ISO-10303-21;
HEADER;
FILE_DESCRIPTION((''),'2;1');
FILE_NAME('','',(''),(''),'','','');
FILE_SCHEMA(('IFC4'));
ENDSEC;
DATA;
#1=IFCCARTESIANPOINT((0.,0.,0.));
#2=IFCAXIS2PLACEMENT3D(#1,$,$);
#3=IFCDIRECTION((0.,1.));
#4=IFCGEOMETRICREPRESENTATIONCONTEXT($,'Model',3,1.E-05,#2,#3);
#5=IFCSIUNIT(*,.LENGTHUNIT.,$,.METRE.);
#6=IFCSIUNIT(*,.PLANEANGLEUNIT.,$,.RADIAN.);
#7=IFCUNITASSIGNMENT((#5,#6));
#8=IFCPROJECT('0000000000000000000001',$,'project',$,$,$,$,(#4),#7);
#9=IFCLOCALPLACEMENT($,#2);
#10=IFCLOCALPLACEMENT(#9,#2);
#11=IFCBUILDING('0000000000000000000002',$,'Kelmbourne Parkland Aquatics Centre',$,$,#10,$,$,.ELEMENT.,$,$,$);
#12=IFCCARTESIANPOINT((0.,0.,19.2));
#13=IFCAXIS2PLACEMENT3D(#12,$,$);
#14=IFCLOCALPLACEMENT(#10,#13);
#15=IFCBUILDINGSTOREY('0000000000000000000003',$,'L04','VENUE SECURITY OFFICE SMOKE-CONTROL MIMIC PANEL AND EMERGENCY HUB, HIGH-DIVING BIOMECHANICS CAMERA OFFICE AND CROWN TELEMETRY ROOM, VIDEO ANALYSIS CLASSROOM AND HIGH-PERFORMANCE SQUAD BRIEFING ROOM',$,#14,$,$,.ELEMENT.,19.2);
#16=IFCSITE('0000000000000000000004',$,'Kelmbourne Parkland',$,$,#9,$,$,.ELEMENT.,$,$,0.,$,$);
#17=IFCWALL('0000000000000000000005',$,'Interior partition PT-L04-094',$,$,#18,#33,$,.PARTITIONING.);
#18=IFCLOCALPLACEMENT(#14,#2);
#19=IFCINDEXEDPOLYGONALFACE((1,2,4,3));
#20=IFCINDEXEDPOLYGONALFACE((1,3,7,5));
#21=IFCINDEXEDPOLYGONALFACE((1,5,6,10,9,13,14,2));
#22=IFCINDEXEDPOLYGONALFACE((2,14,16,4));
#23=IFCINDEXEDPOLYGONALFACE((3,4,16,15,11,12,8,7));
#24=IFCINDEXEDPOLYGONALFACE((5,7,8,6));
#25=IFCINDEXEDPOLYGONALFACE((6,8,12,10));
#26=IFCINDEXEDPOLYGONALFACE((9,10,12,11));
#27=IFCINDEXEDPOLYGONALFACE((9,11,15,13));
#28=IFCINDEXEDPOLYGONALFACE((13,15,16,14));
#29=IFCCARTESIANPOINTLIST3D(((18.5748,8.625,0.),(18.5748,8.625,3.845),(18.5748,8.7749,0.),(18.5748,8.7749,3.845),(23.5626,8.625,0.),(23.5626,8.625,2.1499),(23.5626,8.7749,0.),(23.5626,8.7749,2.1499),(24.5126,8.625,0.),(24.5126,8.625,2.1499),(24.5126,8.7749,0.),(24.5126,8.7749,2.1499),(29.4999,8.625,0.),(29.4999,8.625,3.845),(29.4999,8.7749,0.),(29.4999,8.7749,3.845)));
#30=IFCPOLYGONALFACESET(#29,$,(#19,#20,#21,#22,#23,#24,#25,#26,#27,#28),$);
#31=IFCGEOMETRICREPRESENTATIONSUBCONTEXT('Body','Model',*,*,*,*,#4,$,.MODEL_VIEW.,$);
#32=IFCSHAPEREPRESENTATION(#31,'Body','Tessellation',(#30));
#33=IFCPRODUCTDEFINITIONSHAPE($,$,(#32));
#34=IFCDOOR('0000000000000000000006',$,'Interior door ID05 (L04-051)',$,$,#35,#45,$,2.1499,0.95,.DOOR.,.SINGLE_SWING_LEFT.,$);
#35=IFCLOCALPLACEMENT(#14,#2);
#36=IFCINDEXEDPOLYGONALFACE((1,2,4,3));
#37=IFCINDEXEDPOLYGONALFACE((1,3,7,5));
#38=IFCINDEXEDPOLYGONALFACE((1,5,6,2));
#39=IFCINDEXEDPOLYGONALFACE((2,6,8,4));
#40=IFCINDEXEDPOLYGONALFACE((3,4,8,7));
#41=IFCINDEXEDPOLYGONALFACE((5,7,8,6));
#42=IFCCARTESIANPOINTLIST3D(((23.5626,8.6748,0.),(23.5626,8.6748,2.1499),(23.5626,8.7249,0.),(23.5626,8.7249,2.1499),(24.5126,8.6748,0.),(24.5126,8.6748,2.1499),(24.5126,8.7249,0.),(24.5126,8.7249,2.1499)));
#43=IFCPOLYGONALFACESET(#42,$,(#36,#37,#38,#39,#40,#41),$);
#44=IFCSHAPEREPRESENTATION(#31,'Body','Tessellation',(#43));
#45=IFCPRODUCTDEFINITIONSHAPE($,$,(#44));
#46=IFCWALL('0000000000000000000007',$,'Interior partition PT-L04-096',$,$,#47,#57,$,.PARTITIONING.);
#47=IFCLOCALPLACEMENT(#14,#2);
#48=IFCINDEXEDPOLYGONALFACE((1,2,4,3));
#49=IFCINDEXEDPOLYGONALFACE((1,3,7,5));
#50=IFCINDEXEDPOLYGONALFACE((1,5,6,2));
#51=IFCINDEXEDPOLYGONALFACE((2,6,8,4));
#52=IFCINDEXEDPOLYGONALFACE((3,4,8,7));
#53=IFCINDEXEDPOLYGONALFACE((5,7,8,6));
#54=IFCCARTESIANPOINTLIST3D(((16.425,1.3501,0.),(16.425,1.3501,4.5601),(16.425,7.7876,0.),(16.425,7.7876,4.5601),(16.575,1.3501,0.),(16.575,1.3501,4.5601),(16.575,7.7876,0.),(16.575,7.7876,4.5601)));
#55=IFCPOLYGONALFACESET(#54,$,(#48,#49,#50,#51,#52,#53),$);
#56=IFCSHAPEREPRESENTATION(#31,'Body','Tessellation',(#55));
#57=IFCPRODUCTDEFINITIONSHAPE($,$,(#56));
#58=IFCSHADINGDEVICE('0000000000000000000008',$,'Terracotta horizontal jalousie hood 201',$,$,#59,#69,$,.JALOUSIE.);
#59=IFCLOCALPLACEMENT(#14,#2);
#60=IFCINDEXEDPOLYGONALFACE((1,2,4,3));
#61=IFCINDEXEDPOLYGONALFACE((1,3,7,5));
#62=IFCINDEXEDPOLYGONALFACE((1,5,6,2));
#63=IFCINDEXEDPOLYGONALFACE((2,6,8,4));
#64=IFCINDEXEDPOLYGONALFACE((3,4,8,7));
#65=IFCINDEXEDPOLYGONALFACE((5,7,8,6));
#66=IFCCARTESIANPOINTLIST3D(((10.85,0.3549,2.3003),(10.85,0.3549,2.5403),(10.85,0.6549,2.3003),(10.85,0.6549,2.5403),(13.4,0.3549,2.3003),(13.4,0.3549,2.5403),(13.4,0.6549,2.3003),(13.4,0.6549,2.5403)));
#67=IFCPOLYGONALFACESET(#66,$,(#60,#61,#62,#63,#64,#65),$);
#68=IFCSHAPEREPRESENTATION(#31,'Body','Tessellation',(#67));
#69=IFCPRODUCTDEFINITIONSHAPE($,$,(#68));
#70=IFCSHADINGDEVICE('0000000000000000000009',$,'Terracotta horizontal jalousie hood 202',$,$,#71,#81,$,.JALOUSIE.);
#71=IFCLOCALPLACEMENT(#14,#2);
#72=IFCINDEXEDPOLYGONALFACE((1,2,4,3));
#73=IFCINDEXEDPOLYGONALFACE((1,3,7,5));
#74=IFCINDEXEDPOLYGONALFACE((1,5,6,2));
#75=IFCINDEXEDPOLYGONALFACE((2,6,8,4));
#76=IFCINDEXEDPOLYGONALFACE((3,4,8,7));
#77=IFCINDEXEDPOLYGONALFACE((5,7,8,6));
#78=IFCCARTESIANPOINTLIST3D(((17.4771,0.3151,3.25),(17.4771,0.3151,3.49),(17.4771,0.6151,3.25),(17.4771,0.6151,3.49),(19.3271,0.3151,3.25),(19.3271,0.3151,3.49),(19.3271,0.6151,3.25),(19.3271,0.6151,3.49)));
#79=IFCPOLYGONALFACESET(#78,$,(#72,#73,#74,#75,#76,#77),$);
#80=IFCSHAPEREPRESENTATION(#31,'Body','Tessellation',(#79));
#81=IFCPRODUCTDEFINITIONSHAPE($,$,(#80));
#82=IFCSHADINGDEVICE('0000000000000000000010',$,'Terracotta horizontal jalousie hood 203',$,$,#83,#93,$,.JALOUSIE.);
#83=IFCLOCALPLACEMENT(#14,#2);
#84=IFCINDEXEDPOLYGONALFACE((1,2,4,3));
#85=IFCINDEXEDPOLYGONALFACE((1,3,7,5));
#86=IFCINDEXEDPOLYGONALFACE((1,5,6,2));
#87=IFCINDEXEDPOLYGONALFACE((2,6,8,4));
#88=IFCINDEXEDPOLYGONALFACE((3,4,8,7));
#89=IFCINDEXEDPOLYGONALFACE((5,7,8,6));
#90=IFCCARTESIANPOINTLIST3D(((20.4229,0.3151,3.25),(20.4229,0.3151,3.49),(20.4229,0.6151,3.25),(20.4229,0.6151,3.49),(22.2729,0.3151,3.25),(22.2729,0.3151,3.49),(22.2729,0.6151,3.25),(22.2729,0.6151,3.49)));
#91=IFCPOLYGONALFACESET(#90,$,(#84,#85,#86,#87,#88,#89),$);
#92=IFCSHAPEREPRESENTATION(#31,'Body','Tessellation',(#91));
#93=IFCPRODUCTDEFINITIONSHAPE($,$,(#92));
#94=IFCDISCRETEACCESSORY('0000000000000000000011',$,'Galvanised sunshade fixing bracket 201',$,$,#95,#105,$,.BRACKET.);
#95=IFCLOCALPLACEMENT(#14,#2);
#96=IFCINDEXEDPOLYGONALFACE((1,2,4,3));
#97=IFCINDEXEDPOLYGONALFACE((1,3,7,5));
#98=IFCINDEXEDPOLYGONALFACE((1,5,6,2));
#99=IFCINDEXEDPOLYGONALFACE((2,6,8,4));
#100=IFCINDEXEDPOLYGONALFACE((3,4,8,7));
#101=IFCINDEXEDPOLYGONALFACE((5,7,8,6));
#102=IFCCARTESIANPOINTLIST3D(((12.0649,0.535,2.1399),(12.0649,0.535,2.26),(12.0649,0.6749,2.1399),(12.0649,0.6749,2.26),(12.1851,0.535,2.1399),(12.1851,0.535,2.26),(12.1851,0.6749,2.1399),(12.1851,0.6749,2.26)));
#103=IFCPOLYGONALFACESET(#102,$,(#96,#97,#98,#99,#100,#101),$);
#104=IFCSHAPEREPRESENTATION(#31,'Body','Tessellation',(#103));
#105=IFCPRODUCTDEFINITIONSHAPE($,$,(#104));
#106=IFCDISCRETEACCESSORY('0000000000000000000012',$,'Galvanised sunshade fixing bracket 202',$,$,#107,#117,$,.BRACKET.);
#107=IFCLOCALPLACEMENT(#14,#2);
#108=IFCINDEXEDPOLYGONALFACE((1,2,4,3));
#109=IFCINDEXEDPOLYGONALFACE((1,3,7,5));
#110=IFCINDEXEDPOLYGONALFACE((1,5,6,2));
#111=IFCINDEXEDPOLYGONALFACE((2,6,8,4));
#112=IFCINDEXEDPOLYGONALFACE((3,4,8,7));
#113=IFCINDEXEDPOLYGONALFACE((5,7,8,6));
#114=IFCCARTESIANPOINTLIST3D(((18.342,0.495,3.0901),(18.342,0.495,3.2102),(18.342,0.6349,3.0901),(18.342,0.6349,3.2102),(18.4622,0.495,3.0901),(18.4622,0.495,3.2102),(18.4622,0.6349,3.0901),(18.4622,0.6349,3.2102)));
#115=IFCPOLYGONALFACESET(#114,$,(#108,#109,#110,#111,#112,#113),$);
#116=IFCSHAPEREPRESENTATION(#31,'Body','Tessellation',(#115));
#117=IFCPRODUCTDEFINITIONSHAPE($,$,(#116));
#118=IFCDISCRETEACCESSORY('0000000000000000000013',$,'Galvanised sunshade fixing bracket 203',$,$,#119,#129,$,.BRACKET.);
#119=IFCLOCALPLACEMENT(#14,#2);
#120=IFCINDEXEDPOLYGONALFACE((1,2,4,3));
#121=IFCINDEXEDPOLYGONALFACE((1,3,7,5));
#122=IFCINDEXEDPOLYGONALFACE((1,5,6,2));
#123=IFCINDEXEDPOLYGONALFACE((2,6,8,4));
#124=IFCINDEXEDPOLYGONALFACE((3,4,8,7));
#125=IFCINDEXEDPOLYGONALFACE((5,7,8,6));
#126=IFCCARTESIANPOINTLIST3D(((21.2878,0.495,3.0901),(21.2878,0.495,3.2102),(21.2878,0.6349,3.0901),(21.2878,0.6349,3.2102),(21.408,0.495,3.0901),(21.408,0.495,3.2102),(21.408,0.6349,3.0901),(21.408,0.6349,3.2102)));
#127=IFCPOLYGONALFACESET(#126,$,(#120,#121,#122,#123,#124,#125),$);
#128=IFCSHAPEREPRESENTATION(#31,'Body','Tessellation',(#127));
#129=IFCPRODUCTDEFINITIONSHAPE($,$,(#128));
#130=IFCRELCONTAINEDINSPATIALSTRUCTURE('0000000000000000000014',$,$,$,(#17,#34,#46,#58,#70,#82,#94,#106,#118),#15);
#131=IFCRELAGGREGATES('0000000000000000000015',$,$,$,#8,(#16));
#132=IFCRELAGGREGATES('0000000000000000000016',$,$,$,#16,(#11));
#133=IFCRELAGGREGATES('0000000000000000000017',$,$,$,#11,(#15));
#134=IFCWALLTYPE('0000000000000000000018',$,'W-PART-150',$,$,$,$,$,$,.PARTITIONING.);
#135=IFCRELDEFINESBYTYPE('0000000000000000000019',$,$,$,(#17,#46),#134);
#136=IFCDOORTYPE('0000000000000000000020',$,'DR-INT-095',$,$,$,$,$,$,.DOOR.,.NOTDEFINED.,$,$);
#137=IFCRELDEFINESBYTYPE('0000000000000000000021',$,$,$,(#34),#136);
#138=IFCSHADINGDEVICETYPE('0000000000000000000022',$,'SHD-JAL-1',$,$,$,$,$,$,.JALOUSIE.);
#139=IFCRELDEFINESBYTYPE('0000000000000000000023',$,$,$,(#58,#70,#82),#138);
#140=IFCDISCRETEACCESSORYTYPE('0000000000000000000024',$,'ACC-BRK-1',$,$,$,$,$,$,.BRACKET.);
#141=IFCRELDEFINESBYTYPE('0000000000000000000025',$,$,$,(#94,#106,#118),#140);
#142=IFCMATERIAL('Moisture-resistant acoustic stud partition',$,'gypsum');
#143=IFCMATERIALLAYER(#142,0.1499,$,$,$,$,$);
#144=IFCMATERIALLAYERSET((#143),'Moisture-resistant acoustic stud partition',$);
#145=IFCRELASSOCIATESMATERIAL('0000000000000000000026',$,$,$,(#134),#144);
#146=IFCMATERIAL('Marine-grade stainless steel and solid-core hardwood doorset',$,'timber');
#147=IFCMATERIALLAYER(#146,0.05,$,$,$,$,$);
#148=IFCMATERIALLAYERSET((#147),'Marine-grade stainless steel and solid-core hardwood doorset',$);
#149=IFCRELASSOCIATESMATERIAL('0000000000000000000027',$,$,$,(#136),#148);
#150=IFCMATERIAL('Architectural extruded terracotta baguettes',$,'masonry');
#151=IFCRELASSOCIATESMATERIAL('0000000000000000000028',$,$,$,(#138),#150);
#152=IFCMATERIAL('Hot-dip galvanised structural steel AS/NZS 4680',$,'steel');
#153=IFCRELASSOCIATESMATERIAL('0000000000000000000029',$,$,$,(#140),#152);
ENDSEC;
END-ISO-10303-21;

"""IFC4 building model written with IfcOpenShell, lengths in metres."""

from ifc_helpers import new_model, si_unit, direction, frame, frame_2d, origin, origin_2d, place, context, subcontext, project, spatial, rectangle, extrude, material, layer, layer_set, type_object, element, fill, save


model = new_model("IFC4")

# Units and contexts
model_context = context("Model", 3, precision=1e-05, world=origin(), true_north=direction((0.0, 1.0)))
body_context = subcontext(model_context, "Body", "Model", "MODEL_VIEW")
ifc_project = project(units=[si_unit("LENGTHUNIT", "METRE"), si_unit("PLANEANGLEUNIT", "RADIAN")], contexts=[model_context])

# Site, building, storey
site_placement = place(None, origin())
site = spatial("IfcSite", under=ifc_project, at=site_placement, Name="Kelmbourne Parkland", CompositionType="ELEMENT", RefElevation=0.0)
building_placement = place(site_placement, origin())
building = spatial("IfcBuilding", under=site, at=building_placement, Name="Kelmbourne Parkland Aquatics Centre", CompositionType="ELEMENT")
storey_placement = place(building_placement, frame((0.0, 0.0, 19.2)))
storey = spatial("IfcBuildingStorey", under=building, at=storey_placement, Name="L04", Description="VENUE SECURITY OFFICE SMOKE-CONTROL MIMIC PANEL AND EMERGENCY HUB, HIGH-DIVING BIOMECHANICS CAMERA OFFICE AND CROWN TELEMETRY ROOM, VIDEO ANALYSIS CLASSROOM AND HIGH-PERFORMANCE SQUAD BRIEFING ROOM", CompositionType="ELEMENT", Elevation=19.2)

# Wall, opening, door
ifc_material_1 = material(Name="Moisture-resistant acoustic stud partition", Category="gypsum")
ifc_material_2 = material(Name="Marine-grade stainless steel and solid-core hardwood doorset", Category="timber")
ifc_layer_1 = layer(ifc_material_1, 0.1499)
ifc_layer_set_1 = layer_set([ifc_layer_1], Name="Moisture-resistant acoustic stud partition")
wall_type_1 = type_object("IfcWallType", Name="W-PART-150", PredefinedType="PARTITIONING", material=ifc_layer_set_1)
wall_1_placement = place(storey_placement, frame((18.575, 8.7, 0.0), z_axis=(0.0, 0.0, 1.0), x_axis=(1.0, 0.0, 0.0)))
wall_1 = element("IfcWall", 1, at=wall_1_placement, inside=storey, type_object=wall_type_1, Name="Interior partition PT-L04-094", PredefinedType="PARTITIONING", context=body_context, shape_type="SweptSolid", body=[
    extrude(rectangle(XDim=10.925, YDim=0.1499, at=frame_2d((5.4624, 0.0))), origin(), (0.0, 0.0, 1.0), 3.845),
])
opening_1_placement = place(wall_1_placement, frame((4.9875, 0.0, 0.0)))
opening_1 = element("IfcOpeningElement", 2, at=opening_1_placement, cuts=wall_1, PredefinedType="OPENING", context=body_context, shape_type="SweptSolid", body=[
    extrude(rectangle(XDim=0.95, YDim=2.1499, at=frame_2d((0.4751, 1.075))), frame((0.0, 0.0869, 0.0), z_axis=(0.0, -1.0, 0.0), x_axis=(1.0, 0.0, 0.0)), (0.0, 0.0, 1.0), 0.1738),
])
ifc_layer_2 = layer(ifc_material_2, 0.05)
ifc_layer_set_2 = layer_set([ifc_layer_2], Name="Marine-grade stainless steel and solid-core hardwood doorset")
door_type_1 = type_object("IfcDoorType", Name="DR-INT-095", OperationType="NOTDEFINED", PredefinedType="DOOR", material=ifc_layer_set_2)
door_1_placement = place(opening_1_placement, origin())
door_1 = element("IfcDoor", 3, at=door_1_placement, inside=storey, type_object=door_type_1, Name="Interior door ID05 (L04-051)", OperationType="SINGLE_SWING_LEFT", OverallHeight=2.1499, OverallWidth=0.95, PredefinedType="DOOR", context=body_context, shape_type="SweptSolid", body=[
    extrude(rectangle(XDim=0.95, YDim=2.1499, at=frame_2d((0.4751, 1.075))), frame((0.0, 0.0249, 0.0), z_axis=(0.0, -1.0, 0.0), x_axis=(1.0, 0.0, 0.0)), (0.0, 0.0, 1.0), 0.05),
])
fill(opening_1, door_1)

# Wall
wall_2_placement = place(storey_placement, frame((16.5, 1.3501, 0.0), z_axis=(0.0, 0.0, 1.0), x_axis=(0.0, 1.0, 0.0)))
element("IfcWall", 4, at=wall_2_placement, inside=storey, type_object=wall_type_1, Name="Interior partition PT-L04-096", PredefinedType="PARTITIONING", context=body_context, shape_type="SweptSolid", body=[
    extrude(rectangle(XDim=6.4375, YDim=0.1499, at=frame_2d((3.2188, 0.0))), origin(), (0.0, 0.0, 1.0), 4.5601),
])

# Shading devices
ifc_material_3 = material(Name="Architectural extruded terracotta baguettes", Category="masonry")
shading_device_type = type_object("IfcShadingDeviceType", Name="SHD-JAL-1", PredefinedType="JALOUSIE", material=ifc_material_3)
shading_device_placement = place(storey_placement, frame((12.125, 0.5049, 2.3003), z_axis=(0.0, 0.0, 1.0), x_axis=(1.0, 0.0, 0.0)))
element("IfcShadingDevice", 5, at=shading_device_placement, inside=storey, type_object=shading_device_type, Name="Terracotta horizontal jalousie hood 201", PredefinedType="JALOUSIE", context=body_context, shape_type="SweptSolid", body=[
    extrude(rectangle(XDim=2.55, YDim=0.3, at=origin_2d()), origin(), (0.0, 0.0, 1.0), 0.24),
])
for number, where, z_axis, x_axis, name in (
    (6, (18.4021, 0.4651, 3.25), (0.0, 0.0, 1.0), (1.0, 0.0, 0.0), "Terracotta horizontal jalousie hood 202"),
    (7, (21.3479, 0.4651, 3.25), (0.0, 0.0, 1.0), (1.0, 0.0, 0.0), "Terracotta horizontal jalousie hood 203"),
):
    element("IfcShadingDevice", number, at=place(storey_placement, frame(where, z_axis=z_axis, x_axis=x_axis)), inside=storey, type_object=shading_device_type, Name=name, PredefinedType="JALOUSIE", context=body_context, shape_type="SweptSolid", body=[
        extrude(rectangle(XDim=1.8501, YDim=0.3, at=origin_2d()), origin(), (0.0, 0.0, 1.0), 0.24),
    ])

# Discrete accessories
ifc_material_4 = material(Name="Hot-dip galvanised structural steel AS/NZS 4680", Category="steel")
discrete_accessory_type = type_object("IfcDiscreteAccessoryType", Name="ACC-BRK-1", PredefinedType="BRACKET", material=ifc_material_4)
for number, where, z_axis, x_axis, name in (
    (8, (12.125, 0.605, 2.1399), (0.0, 0.0, 1.0), (1.0, 0.0, 0.0), "Galvanised sunshade fixing bracket 201"),
    (9, (18.4021, 0.5649, 3.0901), (0.0, 0.0, 1.0), (1.0, 0.0, 0.0), "Galvanised sunshade fixing bracket 202"),
    (10, (21.3479, 0.5649, 3.0901), (0.0, 0.0, 1.0), (1.0, 0.0, 0.0), "Galvanised sunshade fixing bracket 203"),
):
    element("IfcDiscreteAccessory", number, at=place(storey_placement, frame(where, z_axis=z_axis, x_axis=x_axis)), inside=storey, type_object=discrete_accessory_type, Name=name, PredefinedType="BRACKET", context=body_context, shape_type="SweptSolid", body=[
        extrude(rectangle(XDim=0.1201, YDim=0.1399, at=origin_2d()), origin(), (0.0, 0.0, 1.0), 0.1201),
    ])

save(model, "model.ifc")
